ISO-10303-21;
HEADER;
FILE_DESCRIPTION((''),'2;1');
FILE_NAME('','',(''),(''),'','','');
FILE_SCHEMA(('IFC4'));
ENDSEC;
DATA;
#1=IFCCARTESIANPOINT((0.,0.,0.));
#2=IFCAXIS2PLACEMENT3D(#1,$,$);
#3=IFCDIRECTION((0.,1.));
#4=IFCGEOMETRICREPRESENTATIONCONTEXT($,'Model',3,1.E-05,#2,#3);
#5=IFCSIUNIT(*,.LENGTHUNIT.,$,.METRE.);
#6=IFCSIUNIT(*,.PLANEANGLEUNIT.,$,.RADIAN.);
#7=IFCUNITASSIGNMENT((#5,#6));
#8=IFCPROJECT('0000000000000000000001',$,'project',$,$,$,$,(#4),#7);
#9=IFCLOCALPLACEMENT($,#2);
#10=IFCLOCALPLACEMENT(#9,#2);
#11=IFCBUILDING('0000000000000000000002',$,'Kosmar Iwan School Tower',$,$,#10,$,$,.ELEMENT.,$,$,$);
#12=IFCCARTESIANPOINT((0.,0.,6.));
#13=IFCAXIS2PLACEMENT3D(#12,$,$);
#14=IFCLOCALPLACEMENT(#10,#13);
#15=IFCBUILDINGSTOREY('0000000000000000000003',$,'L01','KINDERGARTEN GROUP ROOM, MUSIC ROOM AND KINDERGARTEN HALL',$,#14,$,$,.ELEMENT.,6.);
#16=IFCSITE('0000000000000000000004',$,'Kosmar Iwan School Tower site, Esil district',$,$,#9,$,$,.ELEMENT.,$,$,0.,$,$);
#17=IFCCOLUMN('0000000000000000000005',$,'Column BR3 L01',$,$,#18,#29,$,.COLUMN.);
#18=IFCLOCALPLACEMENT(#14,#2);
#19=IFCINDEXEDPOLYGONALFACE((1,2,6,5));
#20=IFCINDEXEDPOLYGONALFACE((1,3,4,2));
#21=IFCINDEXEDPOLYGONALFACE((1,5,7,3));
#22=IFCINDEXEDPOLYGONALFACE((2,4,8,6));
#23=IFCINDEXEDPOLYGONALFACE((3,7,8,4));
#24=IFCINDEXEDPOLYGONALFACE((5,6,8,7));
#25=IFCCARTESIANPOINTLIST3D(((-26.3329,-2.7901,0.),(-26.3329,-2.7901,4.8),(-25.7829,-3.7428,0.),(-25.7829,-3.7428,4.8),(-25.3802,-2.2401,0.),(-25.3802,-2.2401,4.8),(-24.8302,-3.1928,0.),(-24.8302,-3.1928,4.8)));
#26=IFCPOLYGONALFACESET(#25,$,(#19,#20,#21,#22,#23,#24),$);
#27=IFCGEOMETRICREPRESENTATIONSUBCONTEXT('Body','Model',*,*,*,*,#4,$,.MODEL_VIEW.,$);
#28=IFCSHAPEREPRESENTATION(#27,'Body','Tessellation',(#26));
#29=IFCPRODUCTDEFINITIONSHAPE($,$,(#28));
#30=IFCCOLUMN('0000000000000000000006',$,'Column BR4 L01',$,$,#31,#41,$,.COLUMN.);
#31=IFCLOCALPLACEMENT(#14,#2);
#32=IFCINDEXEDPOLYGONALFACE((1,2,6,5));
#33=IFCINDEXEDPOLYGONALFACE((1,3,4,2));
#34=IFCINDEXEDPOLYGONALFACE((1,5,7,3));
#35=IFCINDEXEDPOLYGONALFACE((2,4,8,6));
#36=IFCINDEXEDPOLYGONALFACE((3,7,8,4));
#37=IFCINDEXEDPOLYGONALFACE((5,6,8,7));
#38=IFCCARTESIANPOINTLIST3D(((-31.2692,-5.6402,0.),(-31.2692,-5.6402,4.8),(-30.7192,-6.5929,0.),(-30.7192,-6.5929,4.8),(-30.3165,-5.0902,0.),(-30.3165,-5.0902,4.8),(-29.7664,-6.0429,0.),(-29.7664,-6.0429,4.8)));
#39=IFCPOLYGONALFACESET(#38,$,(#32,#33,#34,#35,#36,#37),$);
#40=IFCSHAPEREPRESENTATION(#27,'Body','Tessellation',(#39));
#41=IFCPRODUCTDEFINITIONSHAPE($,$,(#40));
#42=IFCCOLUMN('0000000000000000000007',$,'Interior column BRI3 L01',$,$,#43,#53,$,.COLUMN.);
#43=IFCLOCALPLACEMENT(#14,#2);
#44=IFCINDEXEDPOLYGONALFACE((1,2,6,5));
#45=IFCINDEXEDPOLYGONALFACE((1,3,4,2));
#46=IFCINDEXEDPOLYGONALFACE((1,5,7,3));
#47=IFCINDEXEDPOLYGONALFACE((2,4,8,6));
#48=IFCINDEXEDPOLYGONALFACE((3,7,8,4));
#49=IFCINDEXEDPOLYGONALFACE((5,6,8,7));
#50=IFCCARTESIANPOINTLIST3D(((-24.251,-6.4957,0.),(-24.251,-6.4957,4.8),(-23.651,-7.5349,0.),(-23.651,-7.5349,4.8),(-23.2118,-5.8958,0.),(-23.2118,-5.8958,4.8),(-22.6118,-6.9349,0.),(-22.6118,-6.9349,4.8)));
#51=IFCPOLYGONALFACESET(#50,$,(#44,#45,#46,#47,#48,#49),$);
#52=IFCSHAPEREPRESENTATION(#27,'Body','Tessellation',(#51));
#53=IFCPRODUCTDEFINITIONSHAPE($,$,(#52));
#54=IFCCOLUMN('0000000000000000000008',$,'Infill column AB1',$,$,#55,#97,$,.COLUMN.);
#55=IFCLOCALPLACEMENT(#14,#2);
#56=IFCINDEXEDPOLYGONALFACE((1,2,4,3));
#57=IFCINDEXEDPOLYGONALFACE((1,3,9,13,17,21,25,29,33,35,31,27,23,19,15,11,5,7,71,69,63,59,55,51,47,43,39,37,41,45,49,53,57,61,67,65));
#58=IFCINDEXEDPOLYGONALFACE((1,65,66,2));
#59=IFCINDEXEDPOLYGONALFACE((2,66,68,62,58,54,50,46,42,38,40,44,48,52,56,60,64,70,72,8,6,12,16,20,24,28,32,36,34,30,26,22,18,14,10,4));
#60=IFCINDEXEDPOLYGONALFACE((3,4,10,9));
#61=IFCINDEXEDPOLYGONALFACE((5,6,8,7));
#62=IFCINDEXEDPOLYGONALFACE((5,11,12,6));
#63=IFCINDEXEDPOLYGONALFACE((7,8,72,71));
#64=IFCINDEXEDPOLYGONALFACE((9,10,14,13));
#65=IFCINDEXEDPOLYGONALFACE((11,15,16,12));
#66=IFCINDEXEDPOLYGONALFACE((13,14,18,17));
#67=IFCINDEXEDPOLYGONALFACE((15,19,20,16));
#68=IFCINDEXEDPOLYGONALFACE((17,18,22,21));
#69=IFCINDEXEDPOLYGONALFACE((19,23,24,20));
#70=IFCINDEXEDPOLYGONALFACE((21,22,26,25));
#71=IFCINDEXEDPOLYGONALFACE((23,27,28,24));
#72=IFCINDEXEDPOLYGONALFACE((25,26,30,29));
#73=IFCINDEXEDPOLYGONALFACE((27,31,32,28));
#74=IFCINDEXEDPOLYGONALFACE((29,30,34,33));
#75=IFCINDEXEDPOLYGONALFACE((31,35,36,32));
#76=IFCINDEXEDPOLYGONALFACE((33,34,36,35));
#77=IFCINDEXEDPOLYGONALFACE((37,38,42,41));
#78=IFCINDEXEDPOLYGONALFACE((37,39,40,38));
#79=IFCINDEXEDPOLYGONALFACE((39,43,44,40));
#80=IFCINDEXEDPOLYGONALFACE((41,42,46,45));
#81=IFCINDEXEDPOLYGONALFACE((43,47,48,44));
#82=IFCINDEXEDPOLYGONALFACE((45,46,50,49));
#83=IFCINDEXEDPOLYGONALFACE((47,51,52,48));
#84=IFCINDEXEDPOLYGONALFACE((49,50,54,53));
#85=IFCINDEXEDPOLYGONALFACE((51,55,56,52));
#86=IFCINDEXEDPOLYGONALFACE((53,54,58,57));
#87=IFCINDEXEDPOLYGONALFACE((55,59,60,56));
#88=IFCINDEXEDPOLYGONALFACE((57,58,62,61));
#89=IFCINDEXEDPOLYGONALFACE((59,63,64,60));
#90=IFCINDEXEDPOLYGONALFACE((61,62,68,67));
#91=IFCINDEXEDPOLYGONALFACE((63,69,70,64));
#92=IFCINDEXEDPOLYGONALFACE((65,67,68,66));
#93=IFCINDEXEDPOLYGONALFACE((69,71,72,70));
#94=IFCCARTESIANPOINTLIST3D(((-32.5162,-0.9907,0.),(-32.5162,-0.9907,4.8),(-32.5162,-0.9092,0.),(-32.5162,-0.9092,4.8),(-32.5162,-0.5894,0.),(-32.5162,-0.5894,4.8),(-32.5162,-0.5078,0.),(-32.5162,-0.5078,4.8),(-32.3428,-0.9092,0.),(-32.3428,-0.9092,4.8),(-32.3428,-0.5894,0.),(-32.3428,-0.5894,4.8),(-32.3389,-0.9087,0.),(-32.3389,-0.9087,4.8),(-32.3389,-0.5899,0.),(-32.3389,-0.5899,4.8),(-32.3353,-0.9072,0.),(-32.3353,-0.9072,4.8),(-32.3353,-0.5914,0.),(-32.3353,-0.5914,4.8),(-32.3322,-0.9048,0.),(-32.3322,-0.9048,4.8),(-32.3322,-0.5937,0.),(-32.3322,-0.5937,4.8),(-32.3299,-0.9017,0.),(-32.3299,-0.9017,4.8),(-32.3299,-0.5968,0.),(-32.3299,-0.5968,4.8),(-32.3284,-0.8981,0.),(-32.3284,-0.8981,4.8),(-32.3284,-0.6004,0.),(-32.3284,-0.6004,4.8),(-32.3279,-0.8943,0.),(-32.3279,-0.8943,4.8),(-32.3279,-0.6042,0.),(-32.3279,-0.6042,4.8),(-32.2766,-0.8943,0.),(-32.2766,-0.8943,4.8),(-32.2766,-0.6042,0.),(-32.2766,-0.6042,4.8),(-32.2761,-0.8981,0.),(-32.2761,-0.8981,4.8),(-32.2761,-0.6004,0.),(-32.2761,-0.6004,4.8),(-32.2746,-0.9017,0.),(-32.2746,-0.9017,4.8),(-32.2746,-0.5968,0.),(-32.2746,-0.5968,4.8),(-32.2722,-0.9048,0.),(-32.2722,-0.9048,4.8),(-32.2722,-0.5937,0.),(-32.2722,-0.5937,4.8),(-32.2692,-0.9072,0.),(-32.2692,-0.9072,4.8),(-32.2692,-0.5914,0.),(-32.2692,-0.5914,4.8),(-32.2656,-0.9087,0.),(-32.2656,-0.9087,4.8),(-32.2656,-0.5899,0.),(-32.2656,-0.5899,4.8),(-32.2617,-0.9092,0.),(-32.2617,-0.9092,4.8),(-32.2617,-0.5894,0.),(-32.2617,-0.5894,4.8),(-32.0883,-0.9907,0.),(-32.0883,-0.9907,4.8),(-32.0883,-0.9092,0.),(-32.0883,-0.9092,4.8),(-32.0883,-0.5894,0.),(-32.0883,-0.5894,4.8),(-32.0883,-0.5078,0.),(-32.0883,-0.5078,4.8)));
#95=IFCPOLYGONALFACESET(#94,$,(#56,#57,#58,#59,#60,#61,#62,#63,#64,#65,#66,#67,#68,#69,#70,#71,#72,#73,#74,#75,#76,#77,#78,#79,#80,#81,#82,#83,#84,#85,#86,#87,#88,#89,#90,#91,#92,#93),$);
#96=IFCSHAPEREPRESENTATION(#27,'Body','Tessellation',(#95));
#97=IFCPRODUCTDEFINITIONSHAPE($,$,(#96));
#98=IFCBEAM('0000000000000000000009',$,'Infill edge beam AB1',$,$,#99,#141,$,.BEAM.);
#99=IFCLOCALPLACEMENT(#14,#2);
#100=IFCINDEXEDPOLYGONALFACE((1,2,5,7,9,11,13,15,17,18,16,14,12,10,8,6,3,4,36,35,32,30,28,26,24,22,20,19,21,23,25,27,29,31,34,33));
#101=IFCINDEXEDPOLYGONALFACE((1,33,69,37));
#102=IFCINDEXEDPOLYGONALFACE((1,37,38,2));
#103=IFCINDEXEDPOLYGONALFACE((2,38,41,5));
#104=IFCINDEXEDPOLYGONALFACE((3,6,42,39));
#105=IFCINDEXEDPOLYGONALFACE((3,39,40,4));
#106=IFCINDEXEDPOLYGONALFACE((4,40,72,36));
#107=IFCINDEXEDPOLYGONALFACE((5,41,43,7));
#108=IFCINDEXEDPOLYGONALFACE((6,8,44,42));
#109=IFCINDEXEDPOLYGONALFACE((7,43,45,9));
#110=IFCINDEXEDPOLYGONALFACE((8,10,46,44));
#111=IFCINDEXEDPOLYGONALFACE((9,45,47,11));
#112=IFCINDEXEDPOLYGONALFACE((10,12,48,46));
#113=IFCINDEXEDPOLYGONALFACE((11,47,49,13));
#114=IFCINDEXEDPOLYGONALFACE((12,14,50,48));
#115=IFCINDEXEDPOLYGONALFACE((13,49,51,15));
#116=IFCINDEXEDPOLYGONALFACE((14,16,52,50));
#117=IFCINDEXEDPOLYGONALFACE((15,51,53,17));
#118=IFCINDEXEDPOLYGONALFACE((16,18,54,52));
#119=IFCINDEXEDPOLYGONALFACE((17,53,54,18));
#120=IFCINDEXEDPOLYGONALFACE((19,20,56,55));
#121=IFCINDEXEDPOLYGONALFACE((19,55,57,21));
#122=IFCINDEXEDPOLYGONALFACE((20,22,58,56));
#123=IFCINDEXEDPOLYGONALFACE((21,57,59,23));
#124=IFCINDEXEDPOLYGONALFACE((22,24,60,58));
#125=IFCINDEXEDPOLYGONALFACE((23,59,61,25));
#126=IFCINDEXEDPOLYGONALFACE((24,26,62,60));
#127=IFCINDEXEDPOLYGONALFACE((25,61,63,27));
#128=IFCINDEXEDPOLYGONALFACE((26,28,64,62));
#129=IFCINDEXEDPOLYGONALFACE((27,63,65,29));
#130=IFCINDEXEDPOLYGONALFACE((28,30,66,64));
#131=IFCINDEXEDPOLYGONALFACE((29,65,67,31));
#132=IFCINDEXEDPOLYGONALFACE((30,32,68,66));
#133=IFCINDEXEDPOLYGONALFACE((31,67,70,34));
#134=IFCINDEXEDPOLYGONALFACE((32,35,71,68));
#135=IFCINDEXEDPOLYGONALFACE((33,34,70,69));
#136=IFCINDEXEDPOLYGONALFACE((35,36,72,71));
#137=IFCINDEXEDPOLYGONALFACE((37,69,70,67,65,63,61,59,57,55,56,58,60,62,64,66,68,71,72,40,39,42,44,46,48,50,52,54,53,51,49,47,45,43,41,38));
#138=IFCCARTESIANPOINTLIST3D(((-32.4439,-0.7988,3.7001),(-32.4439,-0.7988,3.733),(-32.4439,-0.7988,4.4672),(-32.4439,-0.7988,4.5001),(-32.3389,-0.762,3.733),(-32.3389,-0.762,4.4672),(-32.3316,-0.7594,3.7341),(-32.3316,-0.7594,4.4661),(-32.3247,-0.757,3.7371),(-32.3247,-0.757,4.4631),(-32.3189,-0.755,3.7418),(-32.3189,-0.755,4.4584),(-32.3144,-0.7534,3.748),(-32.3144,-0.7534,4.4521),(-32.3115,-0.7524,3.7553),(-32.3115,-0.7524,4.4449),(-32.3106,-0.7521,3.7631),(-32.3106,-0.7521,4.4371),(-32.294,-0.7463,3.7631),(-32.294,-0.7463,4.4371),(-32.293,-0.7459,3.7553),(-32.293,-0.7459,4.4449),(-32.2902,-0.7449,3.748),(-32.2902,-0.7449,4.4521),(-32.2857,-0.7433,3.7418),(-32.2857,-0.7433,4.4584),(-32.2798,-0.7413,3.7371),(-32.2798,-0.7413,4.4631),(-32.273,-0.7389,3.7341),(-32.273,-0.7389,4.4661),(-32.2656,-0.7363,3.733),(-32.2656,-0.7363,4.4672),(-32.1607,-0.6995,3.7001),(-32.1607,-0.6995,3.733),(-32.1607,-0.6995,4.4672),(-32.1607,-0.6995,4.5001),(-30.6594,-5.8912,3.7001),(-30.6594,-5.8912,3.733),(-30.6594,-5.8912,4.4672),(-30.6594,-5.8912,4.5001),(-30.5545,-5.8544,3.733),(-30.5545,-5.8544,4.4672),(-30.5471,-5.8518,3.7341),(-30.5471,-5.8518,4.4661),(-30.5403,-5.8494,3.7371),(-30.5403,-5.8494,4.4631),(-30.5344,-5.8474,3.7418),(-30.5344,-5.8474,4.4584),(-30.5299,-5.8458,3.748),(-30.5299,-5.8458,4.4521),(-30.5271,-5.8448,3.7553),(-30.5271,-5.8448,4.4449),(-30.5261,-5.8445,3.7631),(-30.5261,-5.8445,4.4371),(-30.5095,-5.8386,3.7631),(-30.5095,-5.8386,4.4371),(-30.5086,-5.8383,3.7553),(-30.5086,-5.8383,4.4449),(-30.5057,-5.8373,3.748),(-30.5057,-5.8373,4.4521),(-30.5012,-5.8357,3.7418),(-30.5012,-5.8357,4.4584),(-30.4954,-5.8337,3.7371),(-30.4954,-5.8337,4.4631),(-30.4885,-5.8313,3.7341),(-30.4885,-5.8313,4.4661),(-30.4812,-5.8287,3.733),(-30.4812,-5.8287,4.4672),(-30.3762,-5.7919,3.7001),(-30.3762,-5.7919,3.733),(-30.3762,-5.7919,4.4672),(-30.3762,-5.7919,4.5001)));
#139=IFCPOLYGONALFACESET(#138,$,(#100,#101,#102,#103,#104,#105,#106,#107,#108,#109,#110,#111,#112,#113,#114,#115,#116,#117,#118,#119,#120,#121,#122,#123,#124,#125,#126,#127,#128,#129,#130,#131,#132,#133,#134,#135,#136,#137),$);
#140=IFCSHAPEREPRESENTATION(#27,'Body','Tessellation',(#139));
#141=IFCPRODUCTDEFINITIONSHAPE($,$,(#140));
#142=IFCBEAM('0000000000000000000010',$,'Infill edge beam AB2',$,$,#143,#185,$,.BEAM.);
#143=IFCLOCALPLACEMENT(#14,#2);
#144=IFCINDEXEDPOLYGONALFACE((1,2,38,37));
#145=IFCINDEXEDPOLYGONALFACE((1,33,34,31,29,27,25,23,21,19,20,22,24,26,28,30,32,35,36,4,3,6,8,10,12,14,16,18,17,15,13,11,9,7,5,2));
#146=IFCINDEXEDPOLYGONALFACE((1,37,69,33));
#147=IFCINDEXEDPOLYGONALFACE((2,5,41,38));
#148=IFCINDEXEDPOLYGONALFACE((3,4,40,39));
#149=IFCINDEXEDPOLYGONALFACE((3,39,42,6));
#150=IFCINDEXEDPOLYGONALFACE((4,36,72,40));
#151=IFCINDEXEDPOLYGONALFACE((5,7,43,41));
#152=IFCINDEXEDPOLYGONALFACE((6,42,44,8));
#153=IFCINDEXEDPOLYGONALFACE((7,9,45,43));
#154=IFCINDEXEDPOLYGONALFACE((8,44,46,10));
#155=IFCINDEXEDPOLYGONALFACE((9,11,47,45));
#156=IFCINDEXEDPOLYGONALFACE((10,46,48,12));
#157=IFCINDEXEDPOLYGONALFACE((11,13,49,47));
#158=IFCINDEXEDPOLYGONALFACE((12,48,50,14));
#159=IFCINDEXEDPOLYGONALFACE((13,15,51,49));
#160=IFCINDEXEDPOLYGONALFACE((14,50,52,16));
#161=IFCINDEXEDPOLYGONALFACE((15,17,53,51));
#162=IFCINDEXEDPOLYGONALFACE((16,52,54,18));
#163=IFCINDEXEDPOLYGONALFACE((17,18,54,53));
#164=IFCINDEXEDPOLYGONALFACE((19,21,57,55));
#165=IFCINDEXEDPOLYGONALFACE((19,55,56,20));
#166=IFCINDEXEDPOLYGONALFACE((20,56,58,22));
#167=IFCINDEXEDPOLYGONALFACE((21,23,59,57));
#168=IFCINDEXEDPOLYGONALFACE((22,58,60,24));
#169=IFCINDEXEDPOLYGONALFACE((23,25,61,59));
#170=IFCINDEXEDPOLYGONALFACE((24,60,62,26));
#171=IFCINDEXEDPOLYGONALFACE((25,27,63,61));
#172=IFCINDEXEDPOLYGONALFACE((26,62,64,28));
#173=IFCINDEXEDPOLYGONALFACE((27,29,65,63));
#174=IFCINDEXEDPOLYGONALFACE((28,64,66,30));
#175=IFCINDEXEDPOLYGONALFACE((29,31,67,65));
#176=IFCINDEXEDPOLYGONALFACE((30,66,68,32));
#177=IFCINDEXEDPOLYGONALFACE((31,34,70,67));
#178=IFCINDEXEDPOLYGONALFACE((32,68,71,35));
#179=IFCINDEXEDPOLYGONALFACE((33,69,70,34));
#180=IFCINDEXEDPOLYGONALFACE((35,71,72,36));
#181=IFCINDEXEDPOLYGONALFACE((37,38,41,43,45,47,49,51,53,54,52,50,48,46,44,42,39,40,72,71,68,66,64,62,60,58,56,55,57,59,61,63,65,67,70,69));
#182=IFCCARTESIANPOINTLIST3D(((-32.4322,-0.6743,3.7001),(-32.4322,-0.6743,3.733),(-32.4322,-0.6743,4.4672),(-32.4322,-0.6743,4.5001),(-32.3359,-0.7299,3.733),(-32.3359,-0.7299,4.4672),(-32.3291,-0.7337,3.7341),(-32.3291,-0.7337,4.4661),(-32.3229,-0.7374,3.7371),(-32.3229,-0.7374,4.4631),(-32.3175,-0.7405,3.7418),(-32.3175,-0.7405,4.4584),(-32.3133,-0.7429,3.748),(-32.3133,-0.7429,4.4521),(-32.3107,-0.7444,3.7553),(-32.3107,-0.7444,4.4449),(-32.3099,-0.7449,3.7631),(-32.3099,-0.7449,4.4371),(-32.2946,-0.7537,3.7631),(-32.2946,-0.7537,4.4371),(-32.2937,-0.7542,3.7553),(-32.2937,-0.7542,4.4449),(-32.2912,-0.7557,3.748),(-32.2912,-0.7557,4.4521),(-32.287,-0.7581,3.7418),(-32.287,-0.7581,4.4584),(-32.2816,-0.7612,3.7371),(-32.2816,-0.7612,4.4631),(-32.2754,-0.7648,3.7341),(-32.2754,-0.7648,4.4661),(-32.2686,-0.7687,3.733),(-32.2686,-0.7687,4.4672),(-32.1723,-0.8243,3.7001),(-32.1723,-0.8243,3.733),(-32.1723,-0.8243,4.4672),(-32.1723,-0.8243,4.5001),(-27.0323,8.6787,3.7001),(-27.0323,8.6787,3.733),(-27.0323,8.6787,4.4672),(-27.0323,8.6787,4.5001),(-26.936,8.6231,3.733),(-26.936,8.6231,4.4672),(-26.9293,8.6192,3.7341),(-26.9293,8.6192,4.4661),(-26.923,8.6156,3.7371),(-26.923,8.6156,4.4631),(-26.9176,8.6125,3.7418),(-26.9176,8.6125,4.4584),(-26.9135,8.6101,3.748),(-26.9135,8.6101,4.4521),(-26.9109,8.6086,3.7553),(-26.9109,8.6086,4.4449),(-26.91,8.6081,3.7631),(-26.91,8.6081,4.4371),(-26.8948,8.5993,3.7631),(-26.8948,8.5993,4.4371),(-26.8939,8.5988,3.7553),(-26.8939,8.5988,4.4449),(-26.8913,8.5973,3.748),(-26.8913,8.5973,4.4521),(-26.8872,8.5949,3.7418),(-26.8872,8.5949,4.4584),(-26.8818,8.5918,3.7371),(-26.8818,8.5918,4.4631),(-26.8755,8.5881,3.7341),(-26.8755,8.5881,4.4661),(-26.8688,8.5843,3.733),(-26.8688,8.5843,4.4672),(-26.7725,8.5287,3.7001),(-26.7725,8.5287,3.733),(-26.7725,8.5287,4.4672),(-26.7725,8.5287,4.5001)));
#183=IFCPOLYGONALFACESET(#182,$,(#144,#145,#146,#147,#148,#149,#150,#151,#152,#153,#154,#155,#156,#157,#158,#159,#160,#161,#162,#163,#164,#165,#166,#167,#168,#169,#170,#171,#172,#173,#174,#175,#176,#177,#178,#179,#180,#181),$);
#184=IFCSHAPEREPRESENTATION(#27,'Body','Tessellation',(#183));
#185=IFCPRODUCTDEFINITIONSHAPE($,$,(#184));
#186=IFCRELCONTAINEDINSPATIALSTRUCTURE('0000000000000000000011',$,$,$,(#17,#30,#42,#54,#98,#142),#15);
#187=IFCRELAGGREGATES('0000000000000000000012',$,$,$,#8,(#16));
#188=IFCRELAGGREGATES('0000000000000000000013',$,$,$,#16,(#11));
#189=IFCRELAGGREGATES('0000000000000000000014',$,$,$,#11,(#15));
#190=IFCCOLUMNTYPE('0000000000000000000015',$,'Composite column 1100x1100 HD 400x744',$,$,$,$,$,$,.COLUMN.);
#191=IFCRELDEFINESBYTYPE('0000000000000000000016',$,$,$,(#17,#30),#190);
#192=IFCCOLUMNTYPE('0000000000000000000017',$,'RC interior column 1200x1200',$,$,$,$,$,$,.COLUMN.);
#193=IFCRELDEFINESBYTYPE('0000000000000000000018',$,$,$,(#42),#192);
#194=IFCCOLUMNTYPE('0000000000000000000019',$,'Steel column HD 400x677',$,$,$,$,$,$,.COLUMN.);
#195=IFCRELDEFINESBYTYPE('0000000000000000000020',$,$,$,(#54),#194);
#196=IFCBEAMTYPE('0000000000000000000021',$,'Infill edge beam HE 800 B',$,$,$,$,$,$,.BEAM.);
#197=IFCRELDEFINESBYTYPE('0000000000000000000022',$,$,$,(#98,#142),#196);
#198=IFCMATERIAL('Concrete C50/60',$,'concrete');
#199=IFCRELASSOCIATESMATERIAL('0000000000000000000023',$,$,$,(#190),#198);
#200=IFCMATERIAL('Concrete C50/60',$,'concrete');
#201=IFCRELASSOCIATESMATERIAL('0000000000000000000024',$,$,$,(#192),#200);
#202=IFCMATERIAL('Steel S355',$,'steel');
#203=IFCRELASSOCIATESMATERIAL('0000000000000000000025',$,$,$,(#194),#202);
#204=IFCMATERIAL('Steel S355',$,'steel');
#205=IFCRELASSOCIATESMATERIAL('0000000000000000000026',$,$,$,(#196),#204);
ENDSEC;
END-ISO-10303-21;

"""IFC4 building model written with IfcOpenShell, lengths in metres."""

from ifc_helpers import new_model, si_unit, direction, frame, origin, origin_2d, place, context, subcontext, project, spatial, rectangle, i_section, extrude, material, material_profile, profile_set, type_object, element, save


model = new_model("IFC4")

# Units and contexts
model_context = context("Model", 3, precision=1e-05, world=origin(), true_north=direction((0.0, 1.0)))
body_context = subcontext(model_context, "Body", "Model", "MODEL_VIEW")
ifc_project = project(units=[si_unit("LENGTHUNIT", "METRE"), si_unit("PLANEANGLEUNIT", "RADIAN")], contexts=[model_context])

# Site, building, storey
site_placement = place(None, origin())
site = spatial("IfcSite", under=ifc_project, at=site_placement, Name="Kosmar Iwan School Tower site, Esil district", CompositionType="ELEMENT", RefElevation=0.0)
building_placement = place(site_placement, origin())
building = spatial("IfcBuilding", under=site, at=building_placement, Name="Kosmar Iwan School Tower", CompositionType="ELEMENT")
storey_placement = place(building_placement, frame((0.0, 0.0, 6.0)))
storey = spatial("IfcBuildingStorey", under=building, at=storey_placement, Name="L01", Description="KINDERGARTEN GROUP ROOM, MUSIC ROOM AND KINDERGARTEN HALL", CompositionType="ELEMENT", Elevation=6.0)

# Columns
ifc_material_1 = material(Name="Concrete C50/60", Category="concrete")
ifc_material_profile_1 = material_profile(ifc_material_1, rectangle(XDim=1.1001, YDim=1.1001, at=origin_2d()), Name="RC 1100x1100 + HD 400x744")
ifc_profile_set_1 = profile_set([ifc_material_profile_1], Name="Concrete C50/60")
column_type_1 = type_object("IfcColumnType", Name="Composite column 1100x1100 HD 400x744", PredefinedType="COLUMN", material=ifc_profile_set_1)
for number, where, z_axis, x_axis, name in (
    (1, (-25.5815, -2.9915, 0.0), (0.0, 0.0, 1.0), (-0.866025, -0.5, 0.0), "Column BR3 L01"),
    (2, (-30.5178, -5.8416, 0.0), (0.0, 0.0, 1.0), (-0.866025, -0.5, 0.0), "Column BR4 L01"),
):
    element("IfcColumn", number, at=place(storey_placement, frame(where, z_axis=z_axis, x_axis=x_axis)), inside=storey, type_object=column_type_1, Name=name, PredefinedType="COLUMN", context=body_context, shape_type="SweptSolid", body=[
        extrude(rectangle(XDim=1.1001, YDim=1.1001, at=origin_2d()), origin(), (0.0, 0.0, 1.0), 4.8),
    ])
ifc_material_2 = material(Name="Concrete C50/60", Category="concrete")
ifc_material_profile_2 = material_profile(ifc_material_2, rectangle(XDim=1.2, YDim=1.2, at=origin_2d()), Name="RC 1200x1200")
ifc_profile_set_2 = profile_set([ifc_material_profile_2], Name="Concrete C50/60")
column_type_2 = type_object("IfcColumnType", Name="RC interior column 1200x1200", PredefinedType="COLUMN", material=ifc_profile_set_2)
column_1_placement = place(storey_placement, frame((-23.4314, -6.7153, 0.0), z_axis=(0.0, 0.0, 1.0), x_axis=(-0.866025, -0.5, 0.0)))
element("IfcColumn", 3, at=column_1_placement, inside=storey, type_object=column_type_2, Name="Interior column BRI3 L01", PredefinedType="COLUMN", context=body_context, shape_type="SweptSolid", body=[
    extrude(rectangle(XDim=1.2, YDim=1.2, at=origin_2d()), origin(), (0.0, 0.0, 1.0), 4.8),
])
ifc_material_3 = material(Name="Steel S355", Category="steel")
ifc_material_profile_3 = material_profile(ifc_material_3, i_section(OverallWidth=0.428, OverallDepth=0.4829, WebThickness=0.0513, FlangeThickness=0.0815, FilletRadius=0.0149, at=origin_2d()), Name="HD 400x677")
ifc_profile_set_3 = profile_set([ifc_material_profile_3], Name="Steel S355")
column_type_3 = type_object("IfcColumnType", Name="Steel column HD 400x677", PredefinedType="COLUMN", material=ifc_profile_set_3)
column_2_placement = place(storey_placement, frame((-32.3022, -0.7493, 0.0), z_axis=(0.0, 0.0, 1.0), x_axis=(1.0, 0.0, 0.0)))
element("IfcColumn", 4, at=column_2_placement, inside=storey, type_object=column_type_3, Name="Infill column AB1", PredefinedType="COLUMN", context=body_context, shape_type="SweptSolid", body=[
    extrude(i_section(OverallWidth=0.428, OverallDepth=0.4829, WebThickness=0.0513, FlangeThickness=0.0815, FilletRadius=0.0149, at=origin_2d()), origin(), (0.0, 0.0, 1.0), 4.8),
])

# Beams
ifc_material_4 = material(Name="Steel S355", Category="steel")
ifc_material_profile_4 = material_profile(ifc_material_4, i_section(OverallWidth=0.3, OverallDepth=0.8, WebThickness=0.0176, FlangeThickness=0.033, FilletRadius=0.03, at=origin_2d()), Name="HE 800 B")
ifc_profile_set_4 = profile_set([ifc_material_profile_4], Name="Steel S355")
beam_type_1 = type_object("IfcBeamType", Name="Infill edge beam HE 800 B", PredefinedType="BEAM", material=ifc_profile_set_4)
beam_1_placement = place(storey_placement, frame((-30.5178, -5.8416, 4.1001), z_axis=(-0.330701, 0.943736, 0.0), x_axis=(-0.943736, -0.330701, 0.0)))
element("IfcBeam", 5, at=beam_1_placement, inside=storey, type_object=beam_type_1, Name="Infill edge beam AB1", PredefinedType="BEAM", context=body_context, shape_type="SweptSolid", body=[
    extrude(i_section(OverallWidth=0.3, OverallDepth=0.8, WebThickness=0.0176, FlangeThickness=0.033, FilletRadius=0.03, at=origin_2d()), origin(), (0.0, 0.0, 1.0), 5.396),
])
beam_2_placement = place(storey_placement, frame((-32.3022, -0.7493, 4.1001), z_axis=(0.499995, 0.866028, 0.0), x_axis=(-0.866028, 0.499995, 0.0)))
element("IfcBeam", 6, at=beam_2_placement, inside=storey, type_object=beam_type_1, Name="Infill edge beam AB2", PredefinedType="BEAM", context=body_context, shape_type="SweptSolid", body=[
    extrude(i_section(OverallWidth=0.3, OverallDepth=0.8, WebThickness=0.0176, FlangeThickness=0.033, FilletRadius=0.03, at=origin_2d()), origin(), (0.0, 0.0, 1.0), 10.7998),
])

save(model, "model.ifc")
